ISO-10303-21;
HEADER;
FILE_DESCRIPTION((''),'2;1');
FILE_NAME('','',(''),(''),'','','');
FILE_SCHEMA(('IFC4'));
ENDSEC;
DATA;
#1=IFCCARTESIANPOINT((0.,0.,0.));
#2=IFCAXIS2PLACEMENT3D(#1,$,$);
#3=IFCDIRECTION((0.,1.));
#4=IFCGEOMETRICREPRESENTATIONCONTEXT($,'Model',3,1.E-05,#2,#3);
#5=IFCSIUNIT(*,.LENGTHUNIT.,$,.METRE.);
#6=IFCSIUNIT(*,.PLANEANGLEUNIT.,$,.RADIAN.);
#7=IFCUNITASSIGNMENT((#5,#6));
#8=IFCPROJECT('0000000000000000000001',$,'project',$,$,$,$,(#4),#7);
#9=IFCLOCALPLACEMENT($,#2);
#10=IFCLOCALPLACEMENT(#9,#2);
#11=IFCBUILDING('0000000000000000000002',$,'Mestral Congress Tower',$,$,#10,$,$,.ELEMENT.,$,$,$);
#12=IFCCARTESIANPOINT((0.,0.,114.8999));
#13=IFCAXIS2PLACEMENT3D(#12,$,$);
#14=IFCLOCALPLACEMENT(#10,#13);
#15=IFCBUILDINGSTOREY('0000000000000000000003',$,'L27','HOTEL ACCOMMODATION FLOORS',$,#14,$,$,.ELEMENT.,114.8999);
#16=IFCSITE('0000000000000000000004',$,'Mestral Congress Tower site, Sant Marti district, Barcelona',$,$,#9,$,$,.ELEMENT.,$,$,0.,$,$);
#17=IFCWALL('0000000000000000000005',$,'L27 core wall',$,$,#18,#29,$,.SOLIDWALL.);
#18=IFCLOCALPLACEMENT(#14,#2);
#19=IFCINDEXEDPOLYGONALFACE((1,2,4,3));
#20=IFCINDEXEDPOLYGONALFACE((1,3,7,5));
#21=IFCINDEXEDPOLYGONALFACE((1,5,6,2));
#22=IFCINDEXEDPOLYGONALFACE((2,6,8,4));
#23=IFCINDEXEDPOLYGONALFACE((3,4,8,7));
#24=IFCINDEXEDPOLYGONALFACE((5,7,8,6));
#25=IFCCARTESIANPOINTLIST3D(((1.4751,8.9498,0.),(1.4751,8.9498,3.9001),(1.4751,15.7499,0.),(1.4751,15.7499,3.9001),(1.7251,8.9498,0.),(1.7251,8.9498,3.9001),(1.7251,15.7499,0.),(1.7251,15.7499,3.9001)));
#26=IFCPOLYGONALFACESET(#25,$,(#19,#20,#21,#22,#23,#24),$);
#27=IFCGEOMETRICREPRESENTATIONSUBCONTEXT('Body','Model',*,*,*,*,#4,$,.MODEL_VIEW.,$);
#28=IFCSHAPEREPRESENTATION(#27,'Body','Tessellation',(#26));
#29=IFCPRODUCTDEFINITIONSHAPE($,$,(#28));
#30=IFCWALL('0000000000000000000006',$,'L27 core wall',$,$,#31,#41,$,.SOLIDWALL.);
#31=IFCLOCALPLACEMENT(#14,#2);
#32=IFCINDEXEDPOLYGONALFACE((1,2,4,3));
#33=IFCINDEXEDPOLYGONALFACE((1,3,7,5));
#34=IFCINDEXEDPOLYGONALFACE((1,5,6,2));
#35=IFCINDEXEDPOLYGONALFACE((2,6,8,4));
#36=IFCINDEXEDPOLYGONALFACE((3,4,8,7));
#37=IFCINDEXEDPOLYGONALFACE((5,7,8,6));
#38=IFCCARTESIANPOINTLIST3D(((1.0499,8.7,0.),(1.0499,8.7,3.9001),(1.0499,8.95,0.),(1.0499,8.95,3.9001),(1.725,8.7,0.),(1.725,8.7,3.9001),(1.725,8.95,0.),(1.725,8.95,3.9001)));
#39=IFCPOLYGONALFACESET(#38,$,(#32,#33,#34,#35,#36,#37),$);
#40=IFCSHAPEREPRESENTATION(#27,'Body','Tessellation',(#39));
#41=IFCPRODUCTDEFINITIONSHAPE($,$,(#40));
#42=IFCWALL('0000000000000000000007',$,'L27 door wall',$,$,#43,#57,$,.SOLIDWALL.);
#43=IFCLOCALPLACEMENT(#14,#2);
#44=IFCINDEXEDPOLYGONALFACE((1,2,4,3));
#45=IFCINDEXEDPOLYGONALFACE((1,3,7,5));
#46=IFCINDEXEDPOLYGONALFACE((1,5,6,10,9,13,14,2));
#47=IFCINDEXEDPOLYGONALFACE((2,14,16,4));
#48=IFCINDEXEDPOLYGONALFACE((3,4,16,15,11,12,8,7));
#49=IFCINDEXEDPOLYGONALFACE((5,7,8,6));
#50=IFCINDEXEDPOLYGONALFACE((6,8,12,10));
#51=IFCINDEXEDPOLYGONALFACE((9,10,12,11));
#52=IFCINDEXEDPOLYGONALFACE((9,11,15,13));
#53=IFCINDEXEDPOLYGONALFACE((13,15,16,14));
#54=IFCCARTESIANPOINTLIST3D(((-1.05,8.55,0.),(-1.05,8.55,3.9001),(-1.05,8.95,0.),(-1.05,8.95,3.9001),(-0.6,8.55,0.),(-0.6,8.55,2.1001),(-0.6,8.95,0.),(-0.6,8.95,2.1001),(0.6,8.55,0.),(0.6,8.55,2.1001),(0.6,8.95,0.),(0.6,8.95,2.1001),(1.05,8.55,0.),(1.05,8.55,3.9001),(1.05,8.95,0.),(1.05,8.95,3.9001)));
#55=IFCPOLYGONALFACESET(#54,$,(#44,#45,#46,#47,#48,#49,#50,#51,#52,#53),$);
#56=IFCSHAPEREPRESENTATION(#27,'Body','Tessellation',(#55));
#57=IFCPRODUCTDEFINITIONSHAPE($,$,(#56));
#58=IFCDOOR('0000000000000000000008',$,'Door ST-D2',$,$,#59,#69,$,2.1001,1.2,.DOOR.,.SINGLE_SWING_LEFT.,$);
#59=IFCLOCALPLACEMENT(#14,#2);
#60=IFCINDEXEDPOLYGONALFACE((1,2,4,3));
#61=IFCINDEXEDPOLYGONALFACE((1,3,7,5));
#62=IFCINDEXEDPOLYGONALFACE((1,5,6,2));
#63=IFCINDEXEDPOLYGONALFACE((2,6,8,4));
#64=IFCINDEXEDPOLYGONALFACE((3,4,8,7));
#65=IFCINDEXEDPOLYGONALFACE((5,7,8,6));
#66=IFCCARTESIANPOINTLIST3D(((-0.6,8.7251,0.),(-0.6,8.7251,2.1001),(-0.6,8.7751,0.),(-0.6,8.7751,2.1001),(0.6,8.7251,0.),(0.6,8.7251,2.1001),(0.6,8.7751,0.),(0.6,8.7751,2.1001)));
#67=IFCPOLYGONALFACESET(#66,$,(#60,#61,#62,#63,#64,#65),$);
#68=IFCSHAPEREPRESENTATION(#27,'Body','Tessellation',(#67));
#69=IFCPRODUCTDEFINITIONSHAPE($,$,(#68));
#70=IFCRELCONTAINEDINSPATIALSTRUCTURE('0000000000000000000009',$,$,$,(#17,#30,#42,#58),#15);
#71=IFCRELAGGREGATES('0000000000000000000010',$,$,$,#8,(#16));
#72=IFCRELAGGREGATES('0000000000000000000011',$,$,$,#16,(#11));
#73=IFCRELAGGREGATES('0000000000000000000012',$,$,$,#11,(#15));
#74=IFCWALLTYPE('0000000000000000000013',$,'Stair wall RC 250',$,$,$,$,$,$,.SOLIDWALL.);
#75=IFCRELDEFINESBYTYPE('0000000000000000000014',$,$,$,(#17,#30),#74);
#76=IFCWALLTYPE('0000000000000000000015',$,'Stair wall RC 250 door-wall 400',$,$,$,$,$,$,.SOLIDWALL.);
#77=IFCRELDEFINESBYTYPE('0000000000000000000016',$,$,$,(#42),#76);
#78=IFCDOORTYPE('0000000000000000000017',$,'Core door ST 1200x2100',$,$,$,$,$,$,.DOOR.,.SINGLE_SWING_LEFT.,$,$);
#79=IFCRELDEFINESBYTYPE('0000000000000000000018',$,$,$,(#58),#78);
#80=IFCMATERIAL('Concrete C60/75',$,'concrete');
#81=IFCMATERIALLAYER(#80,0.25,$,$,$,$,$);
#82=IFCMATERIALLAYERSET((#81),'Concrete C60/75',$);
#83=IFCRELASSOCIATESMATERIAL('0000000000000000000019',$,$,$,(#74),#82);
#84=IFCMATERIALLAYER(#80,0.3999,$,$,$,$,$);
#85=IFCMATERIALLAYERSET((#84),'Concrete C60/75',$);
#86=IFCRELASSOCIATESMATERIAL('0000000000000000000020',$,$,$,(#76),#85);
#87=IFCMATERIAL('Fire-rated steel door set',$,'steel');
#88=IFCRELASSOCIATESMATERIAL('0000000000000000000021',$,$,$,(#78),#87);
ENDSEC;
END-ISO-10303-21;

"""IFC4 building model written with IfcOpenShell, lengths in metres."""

from ifc_helpers import new_model, si_unit, direction, frame, frame_2d, origin, place, context, subcontext, project, spatial, rectangle, extrude, material, layer, layer_set, type_object, element, fill, save


model = new_model("IFC4")

# Units and contexts
model_context = context("Model", 3, precision=1e-05, world=origin(), true_north=direction((0.0, 1.0)))
body_context = subcontext(model_context, "Body", "Model", "MODEL_VIEW")
ifc_project = project(units=[si_unit("LENGTHUNIT", "METRE"), si_unit("PLANEANGLEUNIT", "RADIAN")], contexts=[model_context])

# Site, building, storey
site_placement = place(None, origin())
site = spatial("IfcSite", under=ifc_project, at=site_placement, Name="Mestral Congress Tower site, Sant Marti district, Barcelona", CompositionType="ELEMENT", RefElevation=0.0)
building_placement = place(site_placement, origin())
building = spatial("IfcBuilding", under=site, at=building_placement, Name="Mestral Congress Tower", CompositionType="ELEMENT")
storey_placement = place(building_placement, frame((0.0, 0.0, 114.8999)))
storey = spatial("IfcBuildingStorey", under=building, at=storey_placement, Name="L27", Description="HOTEL ACCOMMODATION FLOORS", CompositionType="ELEMENT", Elevation=114.8999)

# Shared definitions
ifc_material_1 = material(Name="Fire-rated steel door set", Category="steel")

# Shared definitions
ifc_material_2 = material(Name="Concrete C60/75", Category="concrete")

# Walls
ifc_layer_1 = layer(ifc_material_2, 0.25)
ifc_layer_set_1 = layer_set([ifc_layer_1], Name="Concrete C60/75")
wall_type_1 = type_object("IfcWallType", Name="Stair wall RC 250", PredefinedType="SOLIDWALL", material=ifc_layer_set_1)
wall_1_placement = place(storey_placement, frame((1.6001, 8.95, 0.0), z_axis=(0.0, 0.0, 1.0), x_axis=(0.0, 1.0, 0.0)))
element("IfcWall", 1, at=wall_1_placement, inside=storey, type_object=wall_type_1, Name="L27 core wall", PredefinedType="SOLIDWALL", context=body_context, shape_type="SweptSolid", body=[
    extrude(rectangle(XDim=6.8, YDim=0.25, at=frame_2d((3.3999, 0.0))), origin(), (0.0, 0.0, 1.0), 3.9001),
])
wall_2_placement = place(storey_placement, frame((1.05, 8.825, 0.0), z_axis=(0.0, 0.0, 1.0), x_axis=(1.0, 0.0, 0.0)))
element("IfcWall", 2, at=wall_2_placement, inside=storey, type_object=wall_type_1, Name="L27 core wall", PredefinedType="SOLIDWALL", context=body_context, shape_type="SweptSolid", body=[
    extrude(rectangle(XDim=0.675, YDim=0.25, at=frame_2d((0.3374, 0.0))), origin(), (0.0, 0.0, 1.0), 3.9001),
])

# Wall, opening, door
ifc_layer_2 = layer(ifc_material_2, 0.3999)
ifc_layer_set_2 = layer_set([ifc_layer_2], Name="Concrete C60/75")
wall_type_2 = type_object("IfcWallType", Name="Stair wall RC 250 door-wall 400", PredefinedType="SOLIDWALL", material=ifc_layer_set_2)
wall_3_placement = place(storey_placement, frame((1.05, 8.75, 0.0), z_axis=(0.0, 0.0, 1.0), x_axis=(-1.0, 0.0, 0.0)))
wall_3 = element("IfcWall", 3, at=wall_3_placement, inside=storey, type_object=wall_type_2, Name="L27 door wall", PredefinedType="SOLIDWALL", context=body_context, shape_type="SweptSolid", body=[
    extrude(rectangle(XDim=2.1001, YDim=0.3999, at=frame_2d((1.05, 0.0))), origin(), (0.0, 0.0, 1.0), 3.9001),
])
opening_1_placement = place(wall_3_placement, frame((0.45, 0.0, 0.0)))
opening_1 = element("IfcOpeningElement", 4, at=opening_1_placement, cuts=wall_3, PredefinedType="OPENING", context=body_context, shape_type="SweptSolid", body=[
    extrude(rectangle(XDim=1.2, YDim=2.1001, at=frame_2d((0.6001, 1.05))), frame((0.0, 0.21, 0.0), z_axis=(0.0, -1.0, 0.0), x_axis=(1.0, 0.0, 0.0)), (0.0, 0.0, 1.0), 0.4199),
])
door_type_1 = type_object("IfcDoorType", Name="Core door ST 1200x2100", OperationType="SINGLE_SWING_LEFT", PredefinedType="DOOR", material=ifc_material_1)
door_1_placement = place(opening_1_placement, origin())
door_1 = element("IfcDoor", 5, at=door_1_placement, inside=storey, type_object=door_type_1, Name="Door ST-D2", OperationType="SINGLE_SWING_LEFT", OverallHeight=2.1001, OverallWidth=1.2, PredefinedType="DOOR", context=body_context, shape_type="SweptSolid", body=[
    extrude(rectangle(XDim=1.2, YDim=2.1001, at=frame_2d((0.6001, 1.05))), frame((0.0, 0.0249, 0.0), z_axis=(0.0, -1.0, 0.0), x_axis=(1.0, 0.0, 0.0)), (0.0, 0.0, 1.0), 0.05),
])
fill(opening_1, door_1)

save(model, "model.ifc")
